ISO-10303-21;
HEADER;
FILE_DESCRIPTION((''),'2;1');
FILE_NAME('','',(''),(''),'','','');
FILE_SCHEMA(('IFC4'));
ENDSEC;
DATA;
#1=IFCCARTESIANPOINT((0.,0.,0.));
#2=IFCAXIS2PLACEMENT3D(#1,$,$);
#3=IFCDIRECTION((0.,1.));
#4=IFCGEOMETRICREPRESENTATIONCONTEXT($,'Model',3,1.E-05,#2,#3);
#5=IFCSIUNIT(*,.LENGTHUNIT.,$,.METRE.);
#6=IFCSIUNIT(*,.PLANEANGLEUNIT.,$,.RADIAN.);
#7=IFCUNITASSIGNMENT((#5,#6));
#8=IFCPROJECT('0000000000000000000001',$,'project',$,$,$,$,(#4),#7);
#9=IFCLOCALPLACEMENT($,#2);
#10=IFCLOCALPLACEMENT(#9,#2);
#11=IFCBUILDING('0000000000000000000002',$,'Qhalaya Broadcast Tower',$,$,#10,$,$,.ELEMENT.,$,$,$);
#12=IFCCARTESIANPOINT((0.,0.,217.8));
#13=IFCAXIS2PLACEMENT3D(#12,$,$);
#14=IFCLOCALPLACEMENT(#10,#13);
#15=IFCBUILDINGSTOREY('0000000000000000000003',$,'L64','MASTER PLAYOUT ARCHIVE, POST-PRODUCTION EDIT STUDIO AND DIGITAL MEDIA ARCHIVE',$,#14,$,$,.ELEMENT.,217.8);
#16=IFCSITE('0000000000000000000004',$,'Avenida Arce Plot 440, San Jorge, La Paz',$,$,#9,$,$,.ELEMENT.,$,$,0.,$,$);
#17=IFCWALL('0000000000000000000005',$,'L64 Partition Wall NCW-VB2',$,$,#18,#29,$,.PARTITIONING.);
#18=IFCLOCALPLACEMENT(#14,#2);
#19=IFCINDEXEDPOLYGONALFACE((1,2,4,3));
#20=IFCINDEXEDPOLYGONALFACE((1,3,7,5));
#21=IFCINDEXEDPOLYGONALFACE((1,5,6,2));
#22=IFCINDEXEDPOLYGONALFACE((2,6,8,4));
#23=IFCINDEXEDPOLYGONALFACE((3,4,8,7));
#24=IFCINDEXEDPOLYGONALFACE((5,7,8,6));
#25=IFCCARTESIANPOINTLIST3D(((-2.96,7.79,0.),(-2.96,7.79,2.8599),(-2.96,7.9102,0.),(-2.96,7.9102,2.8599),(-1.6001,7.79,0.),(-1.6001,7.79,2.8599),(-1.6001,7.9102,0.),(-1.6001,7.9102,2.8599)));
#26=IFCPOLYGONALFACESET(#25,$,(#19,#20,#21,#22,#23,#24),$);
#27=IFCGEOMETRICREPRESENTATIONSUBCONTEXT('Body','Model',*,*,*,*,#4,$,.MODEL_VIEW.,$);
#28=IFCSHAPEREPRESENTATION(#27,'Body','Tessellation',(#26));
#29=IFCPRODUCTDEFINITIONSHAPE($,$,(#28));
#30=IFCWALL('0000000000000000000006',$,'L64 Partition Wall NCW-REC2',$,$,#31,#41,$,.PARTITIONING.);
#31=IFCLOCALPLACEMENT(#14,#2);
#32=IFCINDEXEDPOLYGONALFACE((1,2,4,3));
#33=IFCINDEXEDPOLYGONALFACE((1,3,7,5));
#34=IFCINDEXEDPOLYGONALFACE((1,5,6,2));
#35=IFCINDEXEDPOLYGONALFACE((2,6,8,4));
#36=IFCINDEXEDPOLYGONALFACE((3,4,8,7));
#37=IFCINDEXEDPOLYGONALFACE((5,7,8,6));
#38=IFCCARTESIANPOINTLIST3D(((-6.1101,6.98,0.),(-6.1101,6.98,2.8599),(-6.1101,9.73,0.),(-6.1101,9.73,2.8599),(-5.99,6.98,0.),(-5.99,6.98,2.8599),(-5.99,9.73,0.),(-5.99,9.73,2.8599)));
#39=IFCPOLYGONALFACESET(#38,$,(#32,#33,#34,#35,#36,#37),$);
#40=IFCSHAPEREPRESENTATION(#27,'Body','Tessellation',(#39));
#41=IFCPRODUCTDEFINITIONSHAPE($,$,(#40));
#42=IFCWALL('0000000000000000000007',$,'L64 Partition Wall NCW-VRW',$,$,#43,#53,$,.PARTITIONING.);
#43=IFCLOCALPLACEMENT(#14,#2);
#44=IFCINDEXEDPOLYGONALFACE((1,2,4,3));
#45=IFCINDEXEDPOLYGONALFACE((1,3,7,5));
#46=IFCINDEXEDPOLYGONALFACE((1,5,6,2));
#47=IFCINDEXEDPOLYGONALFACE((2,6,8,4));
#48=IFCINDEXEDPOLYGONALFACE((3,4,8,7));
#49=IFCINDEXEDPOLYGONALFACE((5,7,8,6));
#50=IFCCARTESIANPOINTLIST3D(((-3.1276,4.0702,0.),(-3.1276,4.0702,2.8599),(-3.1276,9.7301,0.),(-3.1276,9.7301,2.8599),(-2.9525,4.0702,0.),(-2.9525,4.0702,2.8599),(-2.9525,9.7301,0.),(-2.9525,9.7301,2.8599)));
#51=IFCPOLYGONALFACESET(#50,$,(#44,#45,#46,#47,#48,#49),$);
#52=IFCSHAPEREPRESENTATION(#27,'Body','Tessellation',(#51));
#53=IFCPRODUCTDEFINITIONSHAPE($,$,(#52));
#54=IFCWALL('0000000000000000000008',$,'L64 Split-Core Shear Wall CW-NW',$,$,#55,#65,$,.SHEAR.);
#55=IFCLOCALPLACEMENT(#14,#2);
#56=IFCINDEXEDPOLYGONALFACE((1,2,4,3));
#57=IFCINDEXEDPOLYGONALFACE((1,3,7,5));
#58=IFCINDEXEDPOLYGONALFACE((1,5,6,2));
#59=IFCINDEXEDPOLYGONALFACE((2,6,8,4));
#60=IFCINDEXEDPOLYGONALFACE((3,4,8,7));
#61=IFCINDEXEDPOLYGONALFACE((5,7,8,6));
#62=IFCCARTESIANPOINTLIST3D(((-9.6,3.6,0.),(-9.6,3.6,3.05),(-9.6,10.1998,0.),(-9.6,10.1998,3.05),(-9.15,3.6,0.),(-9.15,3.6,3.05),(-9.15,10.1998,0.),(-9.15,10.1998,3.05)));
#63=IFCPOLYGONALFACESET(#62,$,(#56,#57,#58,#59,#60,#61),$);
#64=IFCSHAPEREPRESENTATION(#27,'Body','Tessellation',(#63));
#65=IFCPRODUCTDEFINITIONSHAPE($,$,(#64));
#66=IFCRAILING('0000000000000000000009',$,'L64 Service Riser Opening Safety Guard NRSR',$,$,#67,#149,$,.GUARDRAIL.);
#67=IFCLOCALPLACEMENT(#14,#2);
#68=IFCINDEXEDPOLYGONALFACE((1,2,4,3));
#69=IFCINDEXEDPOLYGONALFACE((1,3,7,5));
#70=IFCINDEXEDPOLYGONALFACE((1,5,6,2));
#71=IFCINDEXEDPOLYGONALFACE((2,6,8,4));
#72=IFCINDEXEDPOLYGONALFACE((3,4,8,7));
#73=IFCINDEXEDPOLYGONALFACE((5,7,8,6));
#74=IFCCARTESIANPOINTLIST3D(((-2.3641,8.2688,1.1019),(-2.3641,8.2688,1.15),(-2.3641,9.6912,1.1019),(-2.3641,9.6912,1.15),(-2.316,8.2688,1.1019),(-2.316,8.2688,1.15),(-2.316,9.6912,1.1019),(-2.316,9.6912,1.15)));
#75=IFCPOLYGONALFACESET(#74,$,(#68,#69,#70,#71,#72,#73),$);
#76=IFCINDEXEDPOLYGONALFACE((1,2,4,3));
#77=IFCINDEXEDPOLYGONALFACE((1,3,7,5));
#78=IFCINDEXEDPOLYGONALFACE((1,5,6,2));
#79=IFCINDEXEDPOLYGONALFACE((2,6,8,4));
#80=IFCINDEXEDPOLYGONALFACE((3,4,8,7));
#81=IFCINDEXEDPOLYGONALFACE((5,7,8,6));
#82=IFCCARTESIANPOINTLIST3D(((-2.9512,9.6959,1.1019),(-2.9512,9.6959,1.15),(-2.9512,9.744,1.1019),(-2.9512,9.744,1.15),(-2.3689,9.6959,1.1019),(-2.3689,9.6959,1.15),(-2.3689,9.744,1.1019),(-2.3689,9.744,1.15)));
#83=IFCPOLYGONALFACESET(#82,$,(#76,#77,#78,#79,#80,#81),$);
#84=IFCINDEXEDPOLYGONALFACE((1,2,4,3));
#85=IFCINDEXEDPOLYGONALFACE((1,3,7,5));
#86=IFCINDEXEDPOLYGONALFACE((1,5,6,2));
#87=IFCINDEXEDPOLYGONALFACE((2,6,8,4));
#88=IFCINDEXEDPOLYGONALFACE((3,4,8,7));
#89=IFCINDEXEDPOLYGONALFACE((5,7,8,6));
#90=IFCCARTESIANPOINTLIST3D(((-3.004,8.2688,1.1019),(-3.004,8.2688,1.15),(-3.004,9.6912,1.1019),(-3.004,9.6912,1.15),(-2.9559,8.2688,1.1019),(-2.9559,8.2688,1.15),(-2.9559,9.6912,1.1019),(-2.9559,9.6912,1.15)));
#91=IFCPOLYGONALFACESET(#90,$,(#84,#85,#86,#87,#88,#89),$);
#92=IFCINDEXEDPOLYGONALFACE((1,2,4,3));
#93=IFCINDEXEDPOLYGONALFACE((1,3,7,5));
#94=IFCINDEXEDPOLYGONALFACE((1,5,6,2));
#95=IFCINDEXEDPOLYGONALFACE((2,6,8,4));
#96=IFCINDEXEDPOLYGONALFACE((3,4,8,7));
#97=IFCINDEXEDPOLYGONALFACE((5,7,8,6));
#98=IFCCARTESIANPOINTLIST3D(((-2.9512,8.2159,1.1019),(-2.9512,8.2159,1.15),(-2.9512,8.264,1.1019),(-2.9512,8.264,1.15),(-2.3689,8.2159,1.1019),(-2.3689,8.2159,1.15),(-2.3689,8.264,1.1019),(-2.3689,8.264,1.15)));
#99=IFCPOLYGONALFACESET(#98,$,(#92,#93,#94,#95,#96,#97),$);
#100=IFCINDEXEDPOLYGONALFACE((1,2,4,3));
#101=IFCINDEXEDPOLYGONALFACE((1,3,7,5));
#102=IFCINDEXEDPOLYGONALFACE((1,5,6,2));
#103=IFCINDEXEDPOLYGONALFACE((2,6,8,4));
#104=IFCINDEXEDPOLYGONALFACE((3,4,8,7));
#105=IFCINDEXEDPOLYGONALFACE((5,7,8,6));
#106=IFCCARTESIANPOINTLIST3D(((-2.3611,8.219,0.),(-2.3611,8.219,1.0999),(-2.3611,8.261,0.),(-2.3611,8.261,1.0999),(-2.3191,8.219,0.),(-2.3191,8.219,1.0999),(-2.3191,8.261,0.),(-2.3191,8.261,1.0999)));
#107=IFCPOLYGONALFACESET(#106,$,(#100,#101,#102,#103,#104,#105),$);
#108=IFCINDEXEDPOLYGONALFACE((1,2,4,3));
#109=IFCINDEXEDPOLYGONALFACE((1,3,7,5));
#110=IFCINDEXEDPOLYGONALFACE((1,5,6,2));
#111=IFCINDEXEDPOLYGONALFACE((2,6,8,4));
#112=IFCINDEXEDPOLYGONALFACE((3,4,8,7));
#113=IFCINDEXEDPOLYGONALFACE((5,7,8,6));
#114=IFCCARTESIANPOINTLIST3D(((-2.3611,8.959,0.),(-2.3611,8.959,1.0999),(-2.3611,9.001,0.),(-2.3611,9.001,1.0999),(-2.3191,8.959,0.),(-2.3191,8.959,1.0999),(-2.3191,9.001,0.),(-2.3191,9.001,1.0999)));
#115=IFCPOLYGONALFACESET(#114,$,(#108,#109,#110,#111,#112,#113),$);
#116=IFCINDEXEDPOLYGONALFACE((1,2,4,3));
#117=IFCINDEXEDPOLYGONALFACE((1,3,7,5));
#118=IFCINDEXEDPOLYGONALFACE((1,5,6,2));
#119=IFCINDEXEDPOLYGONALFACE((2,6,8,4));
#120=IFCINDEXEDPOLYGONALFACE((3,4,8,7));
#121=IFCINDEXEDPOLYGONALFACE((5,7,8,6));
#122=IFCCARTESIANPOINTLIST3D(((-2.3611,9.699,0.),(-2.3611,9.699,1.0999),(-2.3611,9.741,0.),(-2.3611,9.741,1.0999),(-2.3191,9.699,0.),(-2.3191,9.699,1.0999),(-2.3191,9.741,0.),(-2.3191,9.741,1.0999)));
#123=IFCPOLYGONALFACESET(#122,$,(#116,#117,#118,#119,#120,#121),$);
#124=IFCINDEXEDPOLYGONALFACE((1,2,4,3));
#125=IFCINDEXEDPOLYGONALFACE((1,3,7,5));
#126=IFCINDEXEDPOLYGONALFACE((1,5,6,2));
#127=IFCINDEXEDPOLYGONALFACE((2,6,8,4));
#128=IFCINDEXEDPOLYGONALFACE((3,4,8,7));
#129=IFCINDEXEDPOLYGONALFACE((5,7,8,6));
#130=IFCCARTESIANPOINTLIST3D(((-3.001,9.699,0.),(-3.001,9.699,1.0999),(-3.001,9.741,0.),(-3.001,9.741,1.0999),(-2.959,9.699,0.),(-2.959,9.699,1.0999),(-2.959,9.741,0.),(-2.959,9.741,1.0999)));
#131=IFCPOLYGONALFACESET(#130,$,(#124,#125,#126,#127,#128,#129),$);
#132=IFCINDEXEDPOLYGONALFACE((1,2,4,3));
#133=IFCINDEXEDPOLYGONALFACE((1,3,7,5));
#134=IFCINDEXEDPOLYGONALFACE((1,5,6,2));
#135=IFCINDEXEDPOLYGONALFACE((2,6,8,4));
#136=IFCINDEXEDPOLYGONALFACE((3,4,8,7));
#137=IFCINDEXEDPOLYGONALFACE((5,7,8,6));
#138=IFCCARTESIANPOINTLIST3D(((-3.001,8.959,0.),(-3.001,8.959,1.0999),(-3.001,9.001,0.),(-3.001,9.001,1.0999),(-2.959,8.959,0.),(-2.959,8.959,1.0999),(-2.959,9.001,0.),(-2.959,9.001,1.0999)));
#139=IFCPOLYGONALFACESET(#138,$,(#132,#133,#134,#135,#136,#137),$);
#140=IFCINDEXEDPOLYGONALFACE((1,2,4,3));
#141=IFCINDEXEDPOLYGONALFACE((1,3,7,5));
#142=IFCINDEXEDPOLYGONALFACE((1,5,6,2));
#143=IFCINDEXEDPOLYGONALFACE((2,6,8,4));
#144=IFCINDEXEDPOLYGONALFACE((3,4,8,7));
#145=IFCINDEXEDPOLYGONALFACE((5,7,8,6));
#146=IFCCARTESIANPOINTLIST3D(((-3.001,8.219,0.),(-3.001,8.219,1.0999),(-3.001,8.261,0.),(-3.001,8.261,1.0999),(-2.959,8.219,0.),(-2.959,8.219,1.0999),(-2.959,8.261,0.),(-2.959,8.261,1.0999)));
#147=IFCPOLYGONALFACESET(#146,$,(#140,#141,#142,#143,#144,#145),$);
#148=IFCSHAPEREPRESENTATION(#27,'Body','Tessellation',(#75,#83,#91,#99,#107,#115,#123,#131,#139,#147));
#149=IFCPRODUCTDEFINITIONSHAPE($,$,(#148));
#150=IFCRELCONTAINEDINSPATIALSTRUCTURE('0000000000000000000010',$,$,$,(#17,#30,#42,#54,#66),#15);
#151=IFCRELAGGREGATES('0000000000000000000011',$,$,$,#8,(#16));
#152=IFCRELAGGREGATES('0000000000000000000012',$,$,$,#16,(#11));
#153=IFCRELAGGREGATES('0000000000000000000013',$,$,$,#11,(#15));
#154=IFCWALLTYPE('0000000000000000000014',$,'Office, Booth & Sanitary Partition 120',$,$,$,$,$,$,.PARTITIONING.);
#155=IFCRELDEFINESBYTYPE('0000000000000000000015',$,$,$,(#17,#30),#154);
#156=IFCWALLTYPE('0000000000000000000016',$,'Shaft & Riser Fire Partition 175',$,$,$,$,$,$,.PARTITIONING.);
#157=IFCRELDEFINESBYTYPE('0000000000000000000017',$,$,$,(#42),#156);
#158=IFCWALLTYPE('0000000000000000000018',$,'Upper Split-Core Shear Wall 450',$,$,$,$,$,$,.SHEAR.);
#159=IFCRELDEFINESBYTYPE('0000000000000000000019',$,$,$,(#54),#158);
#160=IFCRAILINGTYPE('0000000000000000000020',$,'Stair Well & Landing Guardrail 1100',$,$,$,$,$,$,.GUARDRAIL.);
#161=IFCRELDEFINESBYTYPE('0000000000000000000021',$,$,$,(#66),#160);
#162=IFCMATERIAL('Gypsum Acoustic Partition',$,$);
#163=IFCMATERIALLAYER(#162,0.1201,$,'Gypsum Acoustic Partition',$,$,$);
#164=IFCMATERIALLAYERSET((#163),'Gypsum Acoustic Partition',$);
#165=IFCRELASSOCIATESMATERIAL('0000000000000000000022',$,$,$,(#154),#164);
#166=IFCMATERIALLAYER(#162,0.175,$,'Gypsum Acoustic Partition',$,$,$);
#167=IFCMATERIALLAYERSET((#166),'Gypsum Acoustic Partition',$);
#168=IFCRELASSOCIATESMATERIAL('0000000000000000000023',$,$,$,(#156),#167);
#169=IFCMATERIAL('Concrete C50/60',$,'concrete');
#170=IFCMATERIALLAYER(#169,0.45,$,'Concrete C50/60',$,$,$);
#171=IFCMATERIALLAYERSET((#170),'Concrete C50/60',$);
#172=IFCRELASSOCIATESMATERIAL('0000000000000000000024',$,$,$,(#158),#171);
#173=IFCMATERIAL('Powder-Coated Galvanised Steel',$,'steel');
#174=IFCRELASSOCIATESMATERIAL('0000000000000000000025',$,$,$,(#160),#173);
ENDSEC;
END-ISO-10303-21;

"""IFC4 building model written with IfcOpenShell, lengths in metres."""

from ifc_helpers import new_model, si_unit, direction, frame, frame_2d, origin, origin_2d, place, context, subcontext, project, spatial, rectangle, extrude, material, layer, layer_set, type_object, element, save


model = new_model("IFC4")

# Units and contexts
model_context = context("Model", 3, precision=1e-05, world=origin(), true_north=direction((0.0, 1.0)))
body_context = subcontext(model_context, "Body", "Model", "MODEL_VIEW")
ifc_project = project(units=[si_unit("LENGTHUNIT", "METRE"), si_unit("PLANEANGLEUNIT", "RADIAN")], contexts=[model_context])

# Site, building, storey
site_placement = place(None, origin())
site = spatial("IfcSite", under=ifc_project, at=site_placement, Name="Avenida Arce Plot 440, San Jorge, La Paz", CompositionType="ELEMENT", RefElevation=0.0)
building_placement = place(site_placement, origin())
building = spatial("IfcBuilding", under=site, at=building_placement, Name="Qhalaya Broadcast Tower", CompositionType="ELEMENT")
storey_placement = place(building_placement, frame((0.0, 0.0, 217.8)))
storey = spatial("IfcBuildingStorey", under=building, at=storey_placement, Name="L64", Description="MASTER PLAYOUT ARCHIVE, POST-PRODUCTION EDIT STUDIO AND DIGITAL MEDIA ARCHIVE", CompositionType="ELEMENT", Elevation=217.8)

# Shared definitions
ifc_material_1 = material(Name="Concrete C50/60", Category="concrete")

# Shared definitions
ifc_material_2 = material(Name="Gypsum Acoustic Partition")

# Walls
ifc_layer_1 = layer(ifc_material_2, 0.1201, Name="Gypsum Acoustic Partition")
ifc_layer_set_1 = layer_set([ifc_layer_1], Name="Gypsum Acoustic Partition")
wall_type_1 = type_object("IfcWallType", Name="Office, Booth & Sanitary Partition 120", PredefinedType="PARTITIONING", material=ifc_layer_set_1)
for number, where, z_axis, x_axis, name in (
    (1, (-2.96, 7.8501, 0.0), (0.0, 0.0, 1.0), (1.0, 0.0, 0.0), "L64 Partition Wall NCW-VB2"),
):
    element("IfcWall", number, at=place(storey_placement, frame(where, z_axis=z_axis, x_axis=x_axis)), inside=storey, type_object=wall_type_1, Name=name, PredefinedType="PARTITIONING", context=body_context, shape_type="SweptSolid", body=[
        extrude(rectangle(XDim=1.3599, YDim=0.1201, at=frame_2d((0.6799, 0.0))), origin(), (0.0, 0.0, 1.0), 2.8599),
    ])
wall_1_placement = place(storey_placement, frame((-6.05, 6.98, 0.0), z_axis=(0.0, 0.0, 1.0), x_axis=(0.0, 1.0, 0.0)))
element("IfcWall", 2, at=wall_1_placement, inside=storey, type_object=wall_type_1, Name="L64 Partition Wall NCW-REC2", PredefinedType="PARTITIONING", context=body_context, shape_type="SweptSolid", body=[
    extrude(rectangle(XDim=2.75, YDim=0.1201, at=frame_2d((1.375, 0.0))), origin(), (0.0, 0.0, 1.0), 2.8599),
])
ifc_layer_2 = layer(ifc_material_2, 0.175, Name="Gypsum Acoustic Partition")
ifc_layer_set_2 = layer_set([ifc_layer_2], Name="Gypsum Acoustic Partition")
wall_type_2 = type_object("IfcWallType", Name="Shaft & Riser Fire Partition 175", PredefinedType="PARTITIONING", material=ifc_layer_set_2)
wall_2_placement = place(storey_placement, frame((-3.04, 4.0701, 0.0), z_axis=(0.0, 0.0, 1.0), x_axis=(0.0, 1.0, 0.0)))
element("IfcWall", 3, at=wall_2_placement, inside=storey, type_object=wall_type_2, Name="L64 Partition Wall NCW-VRW", PredefinedType="PARTITIONING", context=body_context, shape_type="SweptSolid", body=[
    extrude(rectangle(XDim=5.6599, YDim=0.175, at=frame_2d((2.8301, 0.0))), origin(), (0.0, 0.0, 1.0), 2.8599),
])

# Shared definitions
ifc_layer_3 = layer(ifc_material_1, 0.45, Name="Concrete C50/60")
ifc_layer_set_3 = layer_set([ifc_layer_3], Name="Concrete C50/60")
wall_type_3 = type_object("IfcWallType", Name="Upper Split-Core Shear Wall 450", PredefinedType="SHEAR", material=ifc_layer_set_3)

# Wall
wall_3_placement = place(storey_placement, frame((-9.375, 3.6001, 0.0), z_axis=(0.0, 0.0, 1.0), x_axis=(0.0, 1.0, 0.0)))
element("IfcWall", 4, at=wall_3_placement, inside=storey, type_object=wall_type_3, Name="L64 Split-Core Shear Wall CW-NW", PredefinedType="SHEAR", context=body_context, shape_type="SweptSolid", body=[
    extrude(rectangle(XDim=6.5999, YDim=0.45, at=frame_2d((3.2998, 0.0))), origin(), (0.0, 0.0, 1.0), 3.05),
])

# Railing
ifc_material_3 = material(Name="Powder-Coated Galvanised Steel", Category="steel")
railing_type = type_object("IfcRailingType", Name="Stair Well & Landing Guardrail 1100", PredefinedType="GUARDRAIL", material=ifc_material_3)
railing_placement = place(storey_placement, frame((-2.3401, 8.24, 0.0)))
element("IfcRailing", 5, at=railing_placement, inside=storey, type_object=railing_type, Name="L64 Service Riser Opening Safety Guard NRSR", PredefinedType="GUARDRAIL", context=body_context, shape_type="SweptSolid", body=[
    extrude(rectangle(XDim=0.0481, YDim=0.0481, at=origin_2d()), frame((0.0, 0.0288, 1.126), z_axis=(0.0, 1.0, 0.0), x_axis=(-1.0, 0.0, 0.0)), (0.0, 0.0, 1.0), 1.4224),
    extrude(rectangle(XDim=0.0481, YDim=0.0481, at=origin_2d()), frame((-0.0288, 1.48, 1.126), z_axis=(-1.0, 0.0, 0.0), x_axis=(0.0, -1.0, 0.0)), (0.0, 0.0, 1.0), 0.5823),
    extrude(rectangle(XDim=0.0481, YDim=0.0481, at=origin_2d()), frame((-0.6399, 1.4512, 1.126), z_axis=(0.0, -1.0, 0.0), x_axis=(1.0, 0.0, 0.0)), (0.0, 0.0, 1.0), 1.4224),
    extrude(rectangle(XDim=0.0481, YDim=0.0481, at=origin_2d()), frame((-0.6111, 0.0, 1.126), z_axis=(1.0, 0.0, 0.0), x_axis=(0.0, 1.0, 0.0)), (0.0, 0.0, 1.0), 0.5823),
    extrude(rectangle(XDim=0.042, YDim=0.042, at=origin_2d()), origin(), (0.0, 0.0, 1.0), 1.0999),
    extrude(rectangle(XDim=0.042, YDim=0.042, at=origin_2d()), frame((0.0, 0.74, 0.0)), (0.0, 0.0, 1.0), 1.0999),
    extrude(rectangle(XDim=0.042, YDim=0.042, at=origin_2d()), frame((0.0, 1.48, 0.0)), (0.0, 0.0, 1.0), 1.0999),
    extrude(rectangle(XDim=0.042, YDim=0.042, at=origin_2d()), frame((-0.6399, 1.48, 0.0)), (0.0, 0.0, 1.0), 1.0999),
    extrude(rectangle(XDim=0.042, YDim=0.042, at=origin_2d()), frame((-0.6399, 0.74, 0.0)), (0.0, 0.0, 1.0), 1.0999),
    extrude(rectangle(XDim=0.042, YDim=0.042, at=origin_2d()), frame((-0.6399, 0.0, 0.0)), (0.0, 0.0, 1.0), 1.0999),
])

save(model, "model.ifc")
